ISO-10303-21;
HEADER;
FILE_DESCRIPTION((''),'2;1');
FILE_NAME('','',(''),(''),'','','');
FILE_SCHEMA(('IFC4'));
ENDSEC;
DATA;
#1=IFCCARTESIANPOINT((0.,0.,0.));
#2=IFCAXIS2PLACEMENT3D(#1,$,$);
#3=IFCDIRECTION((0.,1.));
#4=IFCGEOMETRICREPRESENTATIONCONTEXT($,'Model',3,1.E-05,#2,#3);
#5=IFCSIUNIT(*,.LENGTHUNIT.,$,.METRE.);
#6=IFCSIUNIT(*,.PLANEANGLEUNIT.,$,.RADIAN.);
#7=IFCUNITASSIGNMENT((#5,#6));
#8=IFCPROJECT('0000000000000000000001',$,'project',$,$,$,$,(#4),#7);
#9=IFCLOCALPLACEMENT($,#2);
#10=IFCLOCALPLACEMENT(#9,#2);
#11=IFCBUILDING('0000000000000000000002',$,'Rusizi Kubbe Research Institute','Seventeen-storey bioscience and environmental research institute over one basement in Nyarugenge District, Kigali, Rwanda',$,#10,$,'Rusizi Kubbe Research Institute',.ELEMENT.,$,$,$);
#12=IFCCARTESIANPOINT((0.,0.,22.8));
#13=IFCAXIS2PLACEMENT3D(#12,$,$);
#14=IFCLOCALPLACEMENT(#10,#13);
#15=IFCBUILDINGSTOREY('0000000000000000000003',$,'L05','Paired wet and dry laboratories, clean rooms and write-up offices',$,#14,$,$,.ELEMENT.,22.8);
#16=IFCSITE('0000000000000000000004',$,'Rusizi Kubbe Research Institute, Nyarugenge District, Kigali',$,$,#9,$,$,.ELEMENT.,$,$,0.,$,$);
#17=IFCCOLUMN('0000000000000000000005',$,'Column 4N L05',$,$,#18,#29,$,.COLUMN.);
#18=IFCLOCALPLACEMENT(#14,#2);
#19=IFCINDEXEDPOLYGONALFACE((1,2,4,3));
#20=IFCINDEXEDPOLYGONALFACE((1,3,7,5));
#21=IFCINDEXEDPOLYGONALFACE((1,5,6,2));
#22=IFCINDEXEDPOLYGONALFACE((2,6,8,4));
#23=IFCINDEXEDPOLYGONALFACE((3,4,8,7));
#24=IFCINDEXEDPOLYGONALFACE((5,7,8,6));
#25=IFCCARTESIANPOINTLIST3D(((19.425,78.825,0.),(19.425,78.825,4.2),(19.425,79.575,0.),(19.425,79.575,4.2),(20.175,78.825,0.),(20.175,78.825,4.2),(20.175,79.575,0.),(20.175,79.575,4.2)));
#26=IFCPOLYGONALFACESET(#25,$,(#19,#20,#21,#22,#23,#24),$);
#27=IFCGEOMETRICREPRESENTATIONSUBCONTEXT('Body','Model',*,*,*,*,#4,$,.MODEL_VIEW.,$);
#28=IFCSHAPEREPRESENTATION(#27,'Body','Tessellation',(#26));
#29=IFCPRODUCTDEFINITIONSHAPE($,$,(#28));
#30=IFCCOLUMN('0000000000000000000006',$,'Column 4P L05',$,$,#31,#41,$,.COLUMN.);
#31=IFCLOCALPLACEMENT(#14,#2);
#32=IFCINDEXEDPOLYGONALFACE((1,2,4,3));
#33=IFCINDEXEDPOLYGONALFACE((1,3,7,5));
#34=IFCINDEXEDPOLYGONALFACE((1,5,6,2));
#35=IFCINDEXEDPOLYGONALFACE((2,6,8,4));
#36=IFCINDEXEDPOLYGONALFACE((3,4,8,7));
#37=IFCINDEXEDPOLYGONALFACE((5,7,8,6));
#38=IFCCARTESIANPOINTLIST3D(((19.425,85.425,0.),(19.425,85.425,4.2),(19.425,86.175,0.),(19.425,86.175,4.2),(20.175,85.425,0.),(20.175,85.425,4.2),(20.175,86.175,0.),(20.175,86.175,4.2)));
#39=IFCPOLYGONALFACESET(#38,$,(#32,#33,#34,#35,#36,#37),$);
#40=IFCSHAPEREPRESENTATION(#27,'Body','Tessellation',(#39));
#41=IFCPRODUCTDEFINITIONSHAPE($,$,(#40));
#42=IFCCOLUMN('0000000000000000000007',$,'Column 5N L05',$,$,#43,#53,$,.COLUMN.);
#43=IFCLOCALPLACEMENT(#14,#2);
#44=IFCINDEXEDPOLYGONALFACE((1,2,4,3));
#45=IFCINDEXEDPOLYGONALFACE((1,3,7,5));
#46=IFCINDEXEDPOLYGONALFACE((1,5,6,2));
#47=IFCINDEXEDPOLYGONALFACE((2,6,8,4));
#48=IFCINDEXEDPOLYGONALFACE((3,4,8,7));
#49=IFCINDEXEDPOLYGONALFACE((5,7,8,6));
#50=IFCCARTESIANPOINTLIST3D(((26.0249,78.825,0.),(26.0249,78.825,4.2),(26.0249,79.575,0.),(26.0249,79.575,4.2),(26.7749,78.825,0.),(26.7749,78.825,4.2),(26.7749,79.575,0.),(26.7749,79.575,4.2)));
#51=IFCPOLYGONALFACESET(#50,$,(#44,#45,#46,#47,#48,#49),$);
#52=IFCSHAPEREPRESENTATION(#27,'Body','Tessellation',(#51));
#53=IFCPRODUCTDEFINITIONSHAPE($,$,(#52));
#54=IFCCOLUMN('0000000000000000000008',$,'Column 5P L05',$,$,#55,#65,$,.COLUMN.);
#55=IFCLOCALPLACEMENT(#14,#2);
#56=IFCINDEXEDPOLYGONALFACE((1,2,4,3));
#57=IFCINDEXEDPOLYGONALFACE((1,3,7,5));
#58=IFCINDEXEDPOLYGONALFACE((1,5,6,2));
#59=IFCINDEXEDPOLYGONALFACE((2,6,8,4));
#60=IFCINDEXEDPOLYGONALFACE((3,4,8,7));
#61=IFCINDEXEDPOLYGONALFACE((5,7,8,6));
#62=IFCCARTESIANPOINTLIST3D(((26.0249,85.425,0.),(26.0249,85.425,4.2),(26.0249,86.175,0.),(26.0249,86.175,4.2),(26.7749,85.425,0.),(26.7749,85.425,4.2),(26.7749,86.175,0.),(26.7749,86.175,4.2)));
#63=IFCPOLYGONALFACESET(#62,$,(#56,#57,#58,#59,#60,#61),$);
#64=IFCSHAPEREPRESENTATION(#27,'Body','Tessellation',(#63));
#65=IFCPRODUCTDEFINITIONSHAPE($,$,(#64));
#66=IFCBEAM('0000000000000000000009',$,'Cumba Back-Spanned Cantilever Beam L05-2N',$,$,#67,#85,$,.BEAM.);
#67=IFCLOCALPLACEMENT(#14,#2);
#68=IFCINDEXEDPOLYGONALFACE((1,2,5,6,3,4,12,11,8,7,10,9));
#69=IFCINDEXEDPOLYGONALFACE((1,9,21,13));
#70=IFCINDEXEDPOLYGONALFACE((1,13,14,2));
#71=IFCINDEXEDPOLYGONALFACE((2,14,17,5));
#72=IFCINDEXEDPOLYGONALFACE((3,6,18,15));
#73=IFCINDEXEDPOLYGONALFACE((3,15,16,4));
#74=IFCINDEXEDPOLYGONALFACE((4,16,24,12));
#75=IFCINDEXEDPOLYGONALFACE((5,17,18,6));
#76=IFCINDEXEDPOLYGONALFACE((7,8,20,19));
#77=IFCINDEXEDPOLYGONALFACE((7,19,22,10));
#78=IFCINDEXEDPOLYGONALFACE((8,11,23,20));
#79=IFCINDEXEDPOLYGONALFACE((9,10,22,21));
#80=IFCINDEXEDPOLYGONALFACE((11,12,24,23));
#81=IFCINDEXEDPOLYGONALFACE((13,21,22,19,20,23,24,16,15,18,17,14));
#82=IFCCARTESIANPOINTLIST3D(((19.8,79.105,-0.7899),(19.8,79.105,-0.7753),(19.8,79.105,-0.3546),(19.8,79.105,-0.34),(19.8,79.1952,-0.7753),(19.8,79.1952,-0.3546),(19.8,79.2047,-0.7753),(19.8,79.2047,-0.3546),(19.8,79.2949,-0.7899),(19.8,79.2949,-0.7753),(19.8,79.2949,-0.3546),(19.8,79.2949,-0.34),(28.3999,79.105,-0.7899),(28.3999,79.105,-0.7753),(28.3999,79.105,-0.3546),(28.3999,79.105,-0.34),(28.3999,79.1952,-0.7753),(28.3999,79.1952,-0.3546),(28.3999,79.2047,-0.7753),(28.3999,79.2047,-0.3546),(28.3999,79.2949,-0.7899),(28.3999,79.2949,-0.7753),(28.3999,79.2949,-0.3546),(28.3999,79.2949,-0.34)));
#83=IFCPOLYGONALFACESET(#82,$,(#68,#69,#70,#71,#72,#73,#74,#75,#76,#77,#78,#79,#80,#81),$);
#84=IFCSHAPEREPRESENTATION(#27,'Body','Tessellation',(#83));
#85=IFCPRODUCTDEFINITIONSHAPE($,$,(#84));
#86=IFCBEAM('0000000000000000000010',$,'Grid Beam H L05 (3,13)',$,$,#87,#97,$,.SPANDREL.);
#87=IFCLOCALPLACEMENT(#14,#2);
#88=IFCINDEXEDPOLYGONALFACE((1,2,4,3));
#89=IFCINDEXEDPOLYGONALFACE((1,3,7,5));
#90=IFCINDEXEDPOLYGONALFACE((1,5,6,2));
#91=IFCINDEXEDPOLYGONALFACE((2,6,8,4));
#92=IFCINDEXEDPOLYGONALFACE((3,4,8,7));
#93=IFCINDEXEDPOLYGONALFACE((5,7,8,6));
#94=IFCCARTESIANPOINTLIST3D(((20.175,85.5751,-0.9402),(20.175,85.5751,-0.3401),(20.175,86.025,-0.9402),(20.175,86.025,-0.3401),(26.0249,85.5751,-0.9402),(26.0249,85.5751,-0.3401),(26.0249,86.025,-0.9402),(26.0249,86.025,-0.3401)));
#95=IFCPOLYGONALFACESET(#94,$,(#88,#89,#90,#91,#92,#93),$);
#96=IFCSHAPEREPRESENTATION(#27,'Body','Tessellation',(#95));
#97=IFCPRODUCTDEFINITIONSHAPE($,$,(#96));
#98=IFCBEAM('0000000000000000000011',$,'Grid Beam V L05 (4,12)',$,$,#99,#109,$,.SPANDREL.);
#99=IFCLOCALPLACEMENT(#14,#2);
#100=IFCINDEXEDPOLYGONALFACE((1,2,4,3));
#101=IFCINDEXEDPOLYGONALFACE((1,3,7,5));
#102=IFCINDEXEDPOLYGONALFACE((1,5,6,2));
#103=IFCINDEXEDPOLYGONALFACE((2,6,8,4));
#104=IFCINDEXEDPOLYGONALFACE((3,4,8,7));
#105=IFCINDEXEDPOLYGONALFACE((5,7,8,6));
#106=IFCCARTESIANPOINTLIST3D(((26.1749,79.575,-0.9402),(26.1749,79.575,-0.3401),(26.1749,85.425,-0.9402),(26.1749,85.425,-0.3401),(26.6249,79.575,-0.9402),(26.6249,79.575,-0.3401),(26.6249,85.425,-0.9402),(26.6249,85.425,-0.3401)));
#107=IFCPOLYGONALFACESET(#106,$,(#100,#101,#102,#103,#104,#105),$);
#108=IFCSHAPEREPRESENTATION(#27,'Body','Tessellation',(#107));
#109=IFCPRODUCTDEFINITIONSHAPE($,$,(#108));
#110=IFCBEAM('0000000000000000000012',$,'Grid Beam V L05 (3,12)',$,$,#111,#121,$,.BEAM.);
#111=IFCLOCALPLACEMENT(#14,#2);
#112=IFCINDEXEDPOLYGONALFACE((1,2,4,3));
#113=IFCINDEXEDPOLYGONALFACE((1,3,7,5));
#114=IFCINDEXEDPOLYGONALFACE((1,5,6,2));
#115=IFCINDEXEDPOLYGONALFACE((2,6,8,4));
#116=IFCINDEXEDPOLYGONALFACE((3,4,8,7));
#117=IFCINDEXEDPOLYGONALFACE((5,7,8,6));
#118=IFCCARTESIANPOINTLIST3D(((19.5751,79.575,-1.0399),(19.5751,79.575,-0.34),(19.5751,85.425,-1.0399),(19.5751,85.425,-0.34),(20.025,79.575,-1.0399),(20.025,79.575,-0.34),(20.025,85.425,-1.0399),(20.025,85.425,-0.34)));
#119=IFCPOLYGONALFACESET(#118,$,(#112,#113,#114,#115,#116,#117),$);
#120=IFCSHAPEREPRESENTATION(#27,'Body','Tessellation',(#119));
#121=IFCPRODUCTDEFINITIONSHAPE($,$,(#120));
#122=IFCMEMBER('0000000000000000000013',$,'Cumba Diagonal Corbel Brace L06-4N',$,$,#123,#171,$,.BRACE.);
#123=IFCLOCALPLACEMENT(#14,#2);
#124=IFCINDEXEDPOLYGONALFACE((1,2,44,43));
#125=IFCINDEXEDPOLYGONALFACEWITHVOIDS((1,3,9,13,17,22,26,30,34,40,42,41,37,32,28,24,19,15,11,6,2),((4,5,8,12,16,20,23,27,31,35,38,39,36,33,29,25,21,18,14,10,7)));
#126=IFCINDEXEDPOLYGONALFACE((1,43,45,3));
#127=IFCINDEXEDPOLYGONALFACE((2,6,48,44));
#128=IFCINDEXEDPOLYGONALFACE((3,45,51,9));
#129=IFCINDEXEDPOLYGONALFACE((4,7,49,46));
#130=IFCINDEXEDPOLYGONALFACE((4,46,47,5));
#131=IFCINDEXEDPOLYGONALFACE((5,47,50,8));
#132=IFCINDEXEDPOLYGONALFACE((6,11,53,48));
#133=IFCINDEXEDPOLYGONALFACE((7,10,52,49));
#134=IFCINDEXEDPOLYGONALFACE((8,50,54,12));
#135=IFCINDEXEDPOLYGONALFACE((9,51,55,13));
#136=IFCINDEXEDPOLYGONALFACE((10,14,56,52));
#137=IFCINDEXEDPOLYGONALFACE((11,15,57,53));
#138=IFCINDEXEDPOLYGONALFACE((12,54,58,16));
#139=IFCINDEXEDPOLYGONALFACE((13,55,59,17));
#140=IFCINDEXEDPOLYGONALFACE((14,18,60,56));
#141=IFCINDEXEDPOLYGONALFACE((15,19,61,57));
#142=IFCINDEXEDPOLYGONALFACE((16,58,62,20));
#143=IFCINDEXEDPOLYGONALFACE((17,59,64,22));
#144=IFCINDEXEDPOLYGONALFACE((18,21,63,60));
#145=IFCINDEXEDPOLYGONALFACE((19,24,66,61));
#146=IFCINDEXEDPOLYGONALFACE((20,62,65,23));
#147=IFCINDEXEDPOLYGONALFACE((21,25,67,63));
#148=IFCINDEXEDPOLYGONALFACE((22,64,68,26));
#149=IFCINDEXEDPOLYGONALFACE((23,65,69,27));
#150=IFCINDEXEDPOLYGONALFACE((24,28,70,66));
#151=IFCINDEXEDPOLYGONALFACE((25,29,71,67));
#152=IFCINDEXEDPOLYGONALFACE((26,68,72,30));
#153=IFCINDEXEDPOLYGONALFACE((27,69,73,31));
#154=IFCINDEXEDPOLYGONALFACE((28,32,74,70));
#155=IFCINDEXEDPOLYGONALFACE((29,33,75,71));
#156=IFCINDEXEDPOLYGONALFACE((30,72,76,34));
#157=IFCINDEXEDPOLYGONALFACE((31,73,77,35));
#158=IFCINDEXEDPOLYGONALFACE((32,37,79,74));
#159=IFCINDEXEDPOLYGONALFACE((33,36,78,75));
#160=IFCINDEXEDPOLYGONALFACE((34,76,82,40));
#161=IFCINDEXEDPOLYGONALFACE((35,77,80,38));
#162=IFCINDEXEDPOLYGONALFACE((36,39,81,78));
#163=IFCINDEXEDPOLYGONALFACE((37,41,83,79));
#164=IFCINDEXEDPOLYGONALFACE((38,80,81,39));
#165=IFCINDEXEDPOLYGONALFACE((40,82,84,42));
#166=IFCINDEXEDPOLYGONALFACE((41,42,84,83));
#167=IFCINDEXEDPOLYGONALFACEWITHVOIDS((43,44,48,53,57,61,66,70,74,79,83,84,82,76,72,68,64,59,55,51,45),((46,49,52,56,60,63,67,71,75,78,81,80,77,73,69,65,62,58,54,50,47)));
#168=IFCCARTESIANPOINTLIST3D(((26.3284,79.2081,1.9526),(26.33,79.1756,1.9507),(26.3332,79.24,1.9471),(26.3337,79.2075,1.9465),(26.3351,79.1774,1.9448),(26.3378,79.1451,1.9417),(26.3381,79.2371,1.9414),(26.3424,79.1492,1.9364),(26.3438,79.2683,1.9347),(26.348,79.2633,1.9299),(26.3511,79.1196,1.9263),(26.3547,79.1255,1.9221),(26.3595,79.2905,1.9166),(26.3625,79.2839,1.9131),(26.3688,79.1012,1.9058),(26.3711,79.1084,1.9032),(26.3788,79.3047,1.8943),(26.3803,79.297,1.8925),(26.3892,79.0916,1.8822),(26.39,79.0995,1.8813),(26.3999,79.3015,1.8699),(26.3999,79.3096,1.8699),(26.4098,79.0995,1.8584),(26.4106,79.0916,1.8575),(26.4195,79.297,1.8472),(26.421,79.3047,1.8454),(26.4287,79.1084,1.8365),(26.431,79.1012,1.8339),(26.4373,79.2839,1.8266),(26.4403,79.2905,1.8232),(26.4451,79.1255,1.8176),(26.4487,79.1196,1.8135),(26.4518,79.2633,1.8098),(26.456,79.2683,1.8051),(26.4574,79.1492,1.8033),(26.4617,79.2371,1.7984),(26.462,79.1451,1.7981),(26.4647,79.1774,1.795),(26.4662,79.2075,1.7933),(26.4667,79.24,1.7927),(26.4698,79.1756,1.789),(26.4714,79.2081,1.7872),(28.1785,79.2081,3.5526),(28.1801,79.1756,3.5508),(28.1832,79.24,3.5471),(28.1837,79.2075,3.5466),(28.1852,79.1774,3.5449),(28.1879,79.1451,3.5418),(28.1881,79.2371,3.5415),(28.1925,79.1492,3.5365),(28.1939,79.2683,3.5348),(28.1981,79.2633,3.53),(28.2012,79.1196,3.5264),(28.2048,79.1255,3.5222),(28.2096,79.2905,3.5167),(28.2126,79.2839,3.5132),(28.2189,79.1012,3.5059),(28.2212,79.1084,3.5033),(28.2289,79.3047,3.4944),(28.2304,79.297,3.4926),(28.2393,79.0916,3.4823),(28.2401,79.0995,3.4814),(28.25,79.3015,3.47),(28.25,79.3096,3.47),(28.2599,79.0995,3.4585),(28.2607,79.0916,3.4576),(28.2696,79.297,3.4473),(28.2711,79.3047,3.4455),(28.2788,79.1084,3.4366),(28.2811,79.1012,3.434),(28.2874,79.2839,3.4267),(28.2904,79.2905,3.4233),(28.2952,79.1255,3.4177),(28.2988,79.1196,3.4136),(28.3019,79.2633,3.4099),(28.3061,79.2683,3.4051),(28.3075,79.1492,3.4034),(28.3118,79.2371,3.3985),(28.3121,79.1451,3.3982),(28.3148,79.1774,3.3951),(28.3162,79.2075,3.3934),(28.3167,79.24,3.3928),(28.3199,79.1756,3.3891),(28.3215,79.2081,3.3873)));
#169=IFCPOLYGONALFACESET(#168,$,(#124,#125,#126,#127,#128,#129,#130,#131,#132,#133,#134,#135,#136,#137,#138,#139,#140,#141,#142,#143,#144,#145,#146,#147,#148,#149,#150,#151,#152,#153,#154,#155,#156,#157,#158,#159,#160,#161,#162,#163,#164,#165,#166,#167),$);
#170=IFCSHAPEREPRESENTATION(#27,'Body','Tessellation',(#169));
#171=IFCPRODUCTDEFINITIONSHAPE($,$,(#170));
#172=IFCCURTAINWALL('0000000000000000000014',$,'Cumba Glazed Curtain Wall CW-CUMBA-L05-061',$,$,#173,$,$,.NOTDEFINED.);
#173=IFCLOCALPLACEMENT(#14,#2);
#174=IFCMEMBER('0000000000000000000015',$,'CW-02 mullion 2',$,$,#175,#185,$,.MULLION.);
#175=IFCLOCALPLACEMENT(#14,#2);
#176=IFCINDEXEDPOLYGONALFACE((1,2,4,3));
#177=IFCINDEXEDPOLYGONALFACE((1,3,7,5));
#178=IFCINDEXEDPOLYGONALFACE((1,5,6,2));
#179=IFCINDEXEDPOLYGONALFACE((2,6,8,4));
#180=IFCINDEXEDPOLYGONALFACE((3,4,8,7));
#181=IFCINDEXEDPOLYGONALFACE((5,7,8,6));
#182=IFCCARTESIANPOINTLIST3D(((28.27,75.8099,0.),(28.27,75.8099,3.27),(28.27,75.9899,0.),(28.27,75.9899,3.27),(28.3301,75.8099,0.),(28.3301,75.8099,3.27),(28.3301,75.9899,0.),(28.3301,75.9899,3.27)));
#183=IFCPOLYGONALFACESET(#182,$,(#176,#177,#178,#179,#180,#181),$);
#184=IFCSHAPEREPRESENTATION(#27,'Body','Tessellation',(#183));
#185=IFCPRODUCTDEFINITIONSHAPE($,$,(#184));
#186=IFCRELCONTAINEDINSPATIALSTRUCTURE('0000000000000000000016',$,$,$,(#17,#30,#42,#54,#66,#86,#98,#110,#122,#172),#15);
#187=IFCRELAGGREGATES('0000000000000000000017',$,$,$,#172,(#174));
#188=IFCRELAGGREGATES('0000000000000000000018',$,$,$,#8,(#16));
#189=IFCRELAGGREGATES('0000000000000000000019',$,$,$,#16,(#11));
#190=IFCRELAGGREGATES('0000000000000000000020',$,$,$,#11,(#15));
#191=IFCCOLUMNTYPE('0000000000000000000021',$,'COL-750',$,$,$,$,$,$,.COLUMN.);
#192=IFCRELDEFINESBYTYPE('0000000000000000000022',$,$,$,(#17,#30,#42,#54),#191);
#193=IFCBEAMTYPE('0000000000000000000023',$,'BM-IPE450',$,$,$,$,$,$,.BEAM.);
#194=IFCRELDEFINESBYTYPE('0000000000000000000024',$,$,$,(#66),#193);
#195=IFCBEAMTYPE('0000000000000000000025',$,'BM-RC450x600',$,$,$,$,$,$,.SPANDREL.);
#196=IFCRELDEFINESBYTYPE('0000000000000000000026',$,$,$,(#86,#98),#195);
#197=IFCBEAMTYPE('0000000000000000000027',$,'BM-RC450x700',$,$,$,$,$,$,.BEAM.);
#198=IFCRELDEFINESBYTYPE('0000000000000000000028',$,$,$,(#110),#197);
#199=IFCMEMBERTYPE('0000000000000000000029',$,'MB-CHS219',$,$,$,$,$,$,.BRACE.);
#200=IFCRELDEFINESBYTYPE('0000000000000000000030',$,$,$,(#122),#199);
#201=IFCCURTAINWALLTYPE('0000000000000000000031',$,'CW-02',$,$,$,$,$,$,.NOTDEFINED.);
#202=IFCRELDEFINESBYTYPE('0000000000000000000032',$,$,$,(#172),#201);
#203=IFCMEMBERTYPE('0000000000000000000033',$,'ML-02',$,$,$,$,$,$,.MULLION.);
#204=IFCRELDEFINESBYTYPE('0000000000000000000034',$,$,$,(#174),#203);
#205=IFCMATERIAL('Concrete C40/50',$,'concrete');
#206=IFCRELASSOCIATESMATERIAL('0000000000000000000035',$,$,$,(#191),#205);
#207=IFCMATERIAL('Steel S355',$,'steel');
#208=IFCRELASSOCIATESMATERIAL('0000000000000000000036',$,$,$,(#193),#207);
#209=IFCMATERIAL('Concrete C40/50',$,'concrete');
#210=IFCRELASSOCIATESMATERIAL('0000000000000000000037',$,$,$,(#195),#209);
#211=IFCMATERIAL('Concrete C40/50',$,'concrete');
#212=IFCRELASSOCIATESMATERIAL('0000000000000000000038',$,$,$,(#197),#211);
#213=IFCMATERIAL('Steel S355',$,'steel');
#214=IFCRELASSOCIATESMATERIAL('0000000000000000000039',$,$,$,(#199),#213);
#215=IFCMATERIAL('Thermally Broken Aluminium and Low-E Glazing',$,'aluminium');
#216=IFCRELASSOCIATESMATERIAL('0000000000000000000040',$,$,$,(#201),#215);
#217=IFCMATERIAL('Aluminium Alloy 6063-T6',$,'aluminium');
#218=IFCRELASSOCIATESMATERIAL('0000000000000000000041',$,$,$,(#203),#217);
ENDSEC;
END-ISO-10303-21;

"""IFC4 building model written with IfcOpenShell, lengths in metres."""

from ifc_helpers import new_model, si_unit, direction, frame, origin, origin_2d, place, context, subcontext, project, spatial, rectangle, hollow_circle, i_section, extrude, material, material_profile, profile_set, type_object, element, aggregate, save


model = new_model("IFC4")

# Units and contexts
model_context = context("Model", 3, precision=1e-05, world=origin(), true_north=direction((0.0, 1.0)))
body_context = subcontext(model_context, "Body", "Model", "MODEL_VIEW")
ifc_project = project(units=[si_unit("LENGTHUNIT", "METRE"), si_unit("PLANEANGLEUNIT", "RADIAN")], contexts=[model_context])

# Site, building, storey
site_placement = place(None, origin())
site = spatial("IfcSite", under=ifc_project, at=site_placement, Name="Rusizi Kubbe Research Institute, Nyarugenge District, Kigali", CompositionType="ELEMENT", RefElevation=0.0)
building_placement = place(site_placement, origin())
building = spatial("IfcBuilding", under=site, at=building_placement, Name="Rusizi Kubbe Research Institute", Description="Seventeen-storey bioscience and environmental research institute over one basement in Nyarugenge District, Kigali, Rwanda", LongName="Rusizi Kubbe Research Institute", CompositionType="ELEMENT")
storey_placement = place(building_placement, frame((0.0, 0.0, 22.8)))
storey = spatial("IfcBuildingStorey", under=building, at=storey_placement, Name="L05", Description="Paired wet and dry laboratories, clean rooms and write-up offices", CompositionType="ELEMENT", Elevation=22.8)

# Columns
ifc_material_1 = material(Name="Concrete C40/50", Category="concrete")
ifc_material_profile_1 = material_profile(ifc_material_1, rectangle(XDim=0.75, YDim=0.75, at=origin_2d()), Name="RC750x750")
ifc_profile_set_1 = profile_set([ifc_material_profile_1], Name="Concrete C40/50")
column_type = type_object("IfcColumnType", Name="COL-750", PredefinedType="COLUMN", material=ifc_profile_set_1)
for number, where, z_axis, x_axis, name in (
    (1, (19.8, 79.2, 0.0), (0.0, 0.0, 1.0), (1.0, 0.0, 0.0), "Column 4N L05"),
    (2, (19.8, 85.8, 0.0), (0.0, 0.0, 1.0), (1.0, 0.0, 0.0), "Column 4P L05"),
    (3, (26.3999, 79.2, 0.0), (0.0, 0.0, 1.0), (1.0, 0.0, 0.0), "Column 5N L05"),
    (4, (26.3999, 85.8, 0.0), (0.0, 0.0, 1.0), (1.0, 0.0, 0.0), "Column 5P L05"),
):
    element("IfcColumn", number, at=place(storey_placement, frame(where, z_axis=z_axis, x_axis=x_axis)), inside=storey, type_object=column_type, Name=name, PredefinedType="COLUMN", context=body_context, shape_type="SweptSolid", body=[
        extrude(rectangle(XDim=0.75, YDim=0.75, at=origin_2d()), origin(), (0.0, 0.0, 1.0), 4.2),
    ])

# Beams
ifc_material_2 = material(Name="Steel S355", Category="steel")
ifc_material_profile_2 = material_profile(ifc_material_2, i_section(OverallWidth=0.1899, OverallDepth=0.45, WebThickness=0.0095, FlangeThickness=0.0146, at=origin_2d()), Name="IPE 450")
ifc_profile_set_2 = profile_set([ifc_material_profile_2], Name="Steel S355")
beam_type_1 = type_object("IfcBeamType", Name="BM-IPE450", PredefinedType="BEAM", material=ifc_profile_set_2)
beam_1_placement = place(storey_placement, frame((19.8, 79.2, -0.5649), z_axis=(1.0, 0.0, 0.0), x_axis=(0.0, 1.0, 0.0)))
element("IfcBeam", 5, at=beam_1_placement, inside=storey, type_object=beam_type_1, Name="Cumba Back-Spanned Cantilever Beam L05-2N", PredefinedType="BEAM", context=body_context, shape_type="SweptSolid", body=[
    extrude(i_section(OverallWidth=0.1899, OverallDepth=0.45, WebThickness=0.0095, FlangeThickness=0.0146, at=origin_2d()), origin(), (0.0, 0.0, 1.0), 8.5999),
])
ifc_material_3 = material(Name="Concrete C40/50", Category="concrete")
ifc_material_profile_3 = material_profile(ifc_material_3, rectangle(XDim=0.45, YDim=0.6001, at=origin_2d()), Name="RC450x600")
ifc_profile_set_3 = profile_set([ifc_material_profile_3], Name="Concrete C40/50")
beam_type_2 = type_object("IfcBeamType", Name="BM-RC450x600", PredefinedType="SPANDREL", material=ifc_profile_set_3)
beam_2_placement = place(storey_placement, frame((20.175, 85.8, -0.6401), z_axis=(1.0, 0.0, 0.0), x_axis=(0.0, 1.0, 0.0)))
element("IfcBeam", 6, at=beam_2_placement, inside=storey, type_object=beam_type_2, Name="Grid Beam H L05 (3,13)", PredefinedType="SPANDREL", context=body_context, shape_type="SweptSolid", body=[
    extrude(rectangle(XDim=0.45, YDim=0.6001, at=origin_2d()), origin(), (0.0, 0.0, 1.0), 5.8499),
])
beam_3_placement = place(storey_placement, frame((26.3999, 79.575, -0.6401), z_axis=(0.0, 1.0, 0.0), x_axis=(-1.0, 0.0, 0.0)))
element("IfcBeam", 7, at=beam_3_placement, inside=storey, type_object=beam_type_2, Name="Grid Beam V L05 (4,12)", PredefinedType="SPANDREL", context=body_context, shape_type="SweptSolid", body=[
    extrude(rectangle(XDim=0.45, YDim=0.6001, at=origin_2d()), origin(), (0.0, 0.0, 1.0), 5.8501),
])
ifc_material_4 = material(Name="Concrete C40/50", Category="concrete")
ifc_material_profile_4 = material_profile(ifc_material_4, rectangle(XDim=0.45, YDim=0.7, at=origin_2d()), Name="RC450x700B")
ifc_profile_set_4 = profile_set([ifc_material_profile_4], Name="Concrete C40/50")
beam_type_3 = type_object("IfcBeamType", Name="BM-RC450x700", PredefinedType="BEAM", material=ifc_profile_set_4)
beam_4_placement = place(storey_placement, frame((19.8, 79.575, -0.6899), z_axis=(0.0, 1.0, 0.0), x_axis=(-1.0, 0.0, 0.0)))
element("IfcBeam", 8, at=beam_4_placement, inside=storey, type_object=beam_type_3, Name="Grid Beam V L05 (3,12)", PredefinedType="BEAM", context=body_context, shape_type="SweptSolid", body=[
    extrude(rectangle(XDim=0.45, YDim=0.7, at=origin_2d()), origin(), (0.0, 0.0, 1.0), 5.8501),
])

# Member
ifc_material_5 = material(Name="Steel S355", Category="steel")
ifc_material_profile_5 = material_profile(ifc_material_5, hollow_circle(Radius=0.1096, WallThickness=0.0081, at=origin_2d()), Name="CHS 219.1x8.0")
ifc_profile_set_5 = profile_set([ifc_material_profile_5], Name="Steel S355")
member_type_1 = type_object("IfcMemberType", Name="MB-CHS219", PredefinedType="BRACE", material=ifc_profile_set_5)
member_1_placement = place(storey_placement, frame((26.3999, 79.2, 1.8699), z_axis=(0.756361, 0.0, 0.654155), x_axis=(0.0, 1.0, 0.0)))
element("IfcMember", 9, at=member_1_placement, inside=storey, type_object=member_type_1, Name="Cumba Diagonal Corbel Brace L06-4N", PredefinedType="BRACE", context=body_context, shape_type="SweptSolid", body=[
    extrude(hollow_circle(Radius=0.1096, WallThickness=0.0081, at=origin_2d()), origin(), (0.0, 0.0, 1.0), 2.446),
])

# Curtain wall, member
ifc_material_6 = material(Name="Thermally Broken Aluminium and Low-E Glazing", Category="aluminium")
curtain_wall_type_1 = type_object("IfcCurtainWallType", Name="CW-02", PredefinedType="NOTDEFINED", material=ifc_material_6)
curtain_wall_1_placement = place(storey_placement, origin())
curtain_wall_1 = element("IfcCurtainWall", 10, at=curtain_wall_1_placement, inside=storey, type_object=curtain_wall_type_1, Name="Cumba Glazed Curtain Wall CW-CUMBA-L05-061", PredefinedType="NOTDEFINED")
ifc_material_7 = material(Name="Aluminium Alloy 6063-T6", Category="aluminium")
ifc_material_profile_6 = material_profile(ifc_material_7, rectangle(XDim=0.0601, YDim=0.1799, at=origin_2d()), Name="ALU-M 60x180")
ifc_profile_set_6 = profile_set([ifc_material_profile_6], Name="Aluminium Alloy 6063-T6")
member_type_2 = type_object("IfcMemberType", Name="ML-02", PredefinedType="MULLION", material=ifc_profile_set_6)
member_2_placement = place(storey_placement, frame((28.3, 75.8999, 0.0), z_axis=(0.0, 0.0, 1.0), x_axis=(-1.0, 0.0, 0.0)))
member_2 = element("IfcMember", 11, at=member_2_placement, type_object=member_type_2, Name="CW-02 mullion 2", PredefinedType="MULLION", context=body_context, shape_type="SweptSolid", body=[
    extrude(rectangle(XDim=0.0601, YDim=0.1799, at=origin_2d()), origin(), (0.0, 0.0, 1.0), 3.27),
])

aggregate(curtain_wall_1, [member_2])

save(model, "model.ifc")
